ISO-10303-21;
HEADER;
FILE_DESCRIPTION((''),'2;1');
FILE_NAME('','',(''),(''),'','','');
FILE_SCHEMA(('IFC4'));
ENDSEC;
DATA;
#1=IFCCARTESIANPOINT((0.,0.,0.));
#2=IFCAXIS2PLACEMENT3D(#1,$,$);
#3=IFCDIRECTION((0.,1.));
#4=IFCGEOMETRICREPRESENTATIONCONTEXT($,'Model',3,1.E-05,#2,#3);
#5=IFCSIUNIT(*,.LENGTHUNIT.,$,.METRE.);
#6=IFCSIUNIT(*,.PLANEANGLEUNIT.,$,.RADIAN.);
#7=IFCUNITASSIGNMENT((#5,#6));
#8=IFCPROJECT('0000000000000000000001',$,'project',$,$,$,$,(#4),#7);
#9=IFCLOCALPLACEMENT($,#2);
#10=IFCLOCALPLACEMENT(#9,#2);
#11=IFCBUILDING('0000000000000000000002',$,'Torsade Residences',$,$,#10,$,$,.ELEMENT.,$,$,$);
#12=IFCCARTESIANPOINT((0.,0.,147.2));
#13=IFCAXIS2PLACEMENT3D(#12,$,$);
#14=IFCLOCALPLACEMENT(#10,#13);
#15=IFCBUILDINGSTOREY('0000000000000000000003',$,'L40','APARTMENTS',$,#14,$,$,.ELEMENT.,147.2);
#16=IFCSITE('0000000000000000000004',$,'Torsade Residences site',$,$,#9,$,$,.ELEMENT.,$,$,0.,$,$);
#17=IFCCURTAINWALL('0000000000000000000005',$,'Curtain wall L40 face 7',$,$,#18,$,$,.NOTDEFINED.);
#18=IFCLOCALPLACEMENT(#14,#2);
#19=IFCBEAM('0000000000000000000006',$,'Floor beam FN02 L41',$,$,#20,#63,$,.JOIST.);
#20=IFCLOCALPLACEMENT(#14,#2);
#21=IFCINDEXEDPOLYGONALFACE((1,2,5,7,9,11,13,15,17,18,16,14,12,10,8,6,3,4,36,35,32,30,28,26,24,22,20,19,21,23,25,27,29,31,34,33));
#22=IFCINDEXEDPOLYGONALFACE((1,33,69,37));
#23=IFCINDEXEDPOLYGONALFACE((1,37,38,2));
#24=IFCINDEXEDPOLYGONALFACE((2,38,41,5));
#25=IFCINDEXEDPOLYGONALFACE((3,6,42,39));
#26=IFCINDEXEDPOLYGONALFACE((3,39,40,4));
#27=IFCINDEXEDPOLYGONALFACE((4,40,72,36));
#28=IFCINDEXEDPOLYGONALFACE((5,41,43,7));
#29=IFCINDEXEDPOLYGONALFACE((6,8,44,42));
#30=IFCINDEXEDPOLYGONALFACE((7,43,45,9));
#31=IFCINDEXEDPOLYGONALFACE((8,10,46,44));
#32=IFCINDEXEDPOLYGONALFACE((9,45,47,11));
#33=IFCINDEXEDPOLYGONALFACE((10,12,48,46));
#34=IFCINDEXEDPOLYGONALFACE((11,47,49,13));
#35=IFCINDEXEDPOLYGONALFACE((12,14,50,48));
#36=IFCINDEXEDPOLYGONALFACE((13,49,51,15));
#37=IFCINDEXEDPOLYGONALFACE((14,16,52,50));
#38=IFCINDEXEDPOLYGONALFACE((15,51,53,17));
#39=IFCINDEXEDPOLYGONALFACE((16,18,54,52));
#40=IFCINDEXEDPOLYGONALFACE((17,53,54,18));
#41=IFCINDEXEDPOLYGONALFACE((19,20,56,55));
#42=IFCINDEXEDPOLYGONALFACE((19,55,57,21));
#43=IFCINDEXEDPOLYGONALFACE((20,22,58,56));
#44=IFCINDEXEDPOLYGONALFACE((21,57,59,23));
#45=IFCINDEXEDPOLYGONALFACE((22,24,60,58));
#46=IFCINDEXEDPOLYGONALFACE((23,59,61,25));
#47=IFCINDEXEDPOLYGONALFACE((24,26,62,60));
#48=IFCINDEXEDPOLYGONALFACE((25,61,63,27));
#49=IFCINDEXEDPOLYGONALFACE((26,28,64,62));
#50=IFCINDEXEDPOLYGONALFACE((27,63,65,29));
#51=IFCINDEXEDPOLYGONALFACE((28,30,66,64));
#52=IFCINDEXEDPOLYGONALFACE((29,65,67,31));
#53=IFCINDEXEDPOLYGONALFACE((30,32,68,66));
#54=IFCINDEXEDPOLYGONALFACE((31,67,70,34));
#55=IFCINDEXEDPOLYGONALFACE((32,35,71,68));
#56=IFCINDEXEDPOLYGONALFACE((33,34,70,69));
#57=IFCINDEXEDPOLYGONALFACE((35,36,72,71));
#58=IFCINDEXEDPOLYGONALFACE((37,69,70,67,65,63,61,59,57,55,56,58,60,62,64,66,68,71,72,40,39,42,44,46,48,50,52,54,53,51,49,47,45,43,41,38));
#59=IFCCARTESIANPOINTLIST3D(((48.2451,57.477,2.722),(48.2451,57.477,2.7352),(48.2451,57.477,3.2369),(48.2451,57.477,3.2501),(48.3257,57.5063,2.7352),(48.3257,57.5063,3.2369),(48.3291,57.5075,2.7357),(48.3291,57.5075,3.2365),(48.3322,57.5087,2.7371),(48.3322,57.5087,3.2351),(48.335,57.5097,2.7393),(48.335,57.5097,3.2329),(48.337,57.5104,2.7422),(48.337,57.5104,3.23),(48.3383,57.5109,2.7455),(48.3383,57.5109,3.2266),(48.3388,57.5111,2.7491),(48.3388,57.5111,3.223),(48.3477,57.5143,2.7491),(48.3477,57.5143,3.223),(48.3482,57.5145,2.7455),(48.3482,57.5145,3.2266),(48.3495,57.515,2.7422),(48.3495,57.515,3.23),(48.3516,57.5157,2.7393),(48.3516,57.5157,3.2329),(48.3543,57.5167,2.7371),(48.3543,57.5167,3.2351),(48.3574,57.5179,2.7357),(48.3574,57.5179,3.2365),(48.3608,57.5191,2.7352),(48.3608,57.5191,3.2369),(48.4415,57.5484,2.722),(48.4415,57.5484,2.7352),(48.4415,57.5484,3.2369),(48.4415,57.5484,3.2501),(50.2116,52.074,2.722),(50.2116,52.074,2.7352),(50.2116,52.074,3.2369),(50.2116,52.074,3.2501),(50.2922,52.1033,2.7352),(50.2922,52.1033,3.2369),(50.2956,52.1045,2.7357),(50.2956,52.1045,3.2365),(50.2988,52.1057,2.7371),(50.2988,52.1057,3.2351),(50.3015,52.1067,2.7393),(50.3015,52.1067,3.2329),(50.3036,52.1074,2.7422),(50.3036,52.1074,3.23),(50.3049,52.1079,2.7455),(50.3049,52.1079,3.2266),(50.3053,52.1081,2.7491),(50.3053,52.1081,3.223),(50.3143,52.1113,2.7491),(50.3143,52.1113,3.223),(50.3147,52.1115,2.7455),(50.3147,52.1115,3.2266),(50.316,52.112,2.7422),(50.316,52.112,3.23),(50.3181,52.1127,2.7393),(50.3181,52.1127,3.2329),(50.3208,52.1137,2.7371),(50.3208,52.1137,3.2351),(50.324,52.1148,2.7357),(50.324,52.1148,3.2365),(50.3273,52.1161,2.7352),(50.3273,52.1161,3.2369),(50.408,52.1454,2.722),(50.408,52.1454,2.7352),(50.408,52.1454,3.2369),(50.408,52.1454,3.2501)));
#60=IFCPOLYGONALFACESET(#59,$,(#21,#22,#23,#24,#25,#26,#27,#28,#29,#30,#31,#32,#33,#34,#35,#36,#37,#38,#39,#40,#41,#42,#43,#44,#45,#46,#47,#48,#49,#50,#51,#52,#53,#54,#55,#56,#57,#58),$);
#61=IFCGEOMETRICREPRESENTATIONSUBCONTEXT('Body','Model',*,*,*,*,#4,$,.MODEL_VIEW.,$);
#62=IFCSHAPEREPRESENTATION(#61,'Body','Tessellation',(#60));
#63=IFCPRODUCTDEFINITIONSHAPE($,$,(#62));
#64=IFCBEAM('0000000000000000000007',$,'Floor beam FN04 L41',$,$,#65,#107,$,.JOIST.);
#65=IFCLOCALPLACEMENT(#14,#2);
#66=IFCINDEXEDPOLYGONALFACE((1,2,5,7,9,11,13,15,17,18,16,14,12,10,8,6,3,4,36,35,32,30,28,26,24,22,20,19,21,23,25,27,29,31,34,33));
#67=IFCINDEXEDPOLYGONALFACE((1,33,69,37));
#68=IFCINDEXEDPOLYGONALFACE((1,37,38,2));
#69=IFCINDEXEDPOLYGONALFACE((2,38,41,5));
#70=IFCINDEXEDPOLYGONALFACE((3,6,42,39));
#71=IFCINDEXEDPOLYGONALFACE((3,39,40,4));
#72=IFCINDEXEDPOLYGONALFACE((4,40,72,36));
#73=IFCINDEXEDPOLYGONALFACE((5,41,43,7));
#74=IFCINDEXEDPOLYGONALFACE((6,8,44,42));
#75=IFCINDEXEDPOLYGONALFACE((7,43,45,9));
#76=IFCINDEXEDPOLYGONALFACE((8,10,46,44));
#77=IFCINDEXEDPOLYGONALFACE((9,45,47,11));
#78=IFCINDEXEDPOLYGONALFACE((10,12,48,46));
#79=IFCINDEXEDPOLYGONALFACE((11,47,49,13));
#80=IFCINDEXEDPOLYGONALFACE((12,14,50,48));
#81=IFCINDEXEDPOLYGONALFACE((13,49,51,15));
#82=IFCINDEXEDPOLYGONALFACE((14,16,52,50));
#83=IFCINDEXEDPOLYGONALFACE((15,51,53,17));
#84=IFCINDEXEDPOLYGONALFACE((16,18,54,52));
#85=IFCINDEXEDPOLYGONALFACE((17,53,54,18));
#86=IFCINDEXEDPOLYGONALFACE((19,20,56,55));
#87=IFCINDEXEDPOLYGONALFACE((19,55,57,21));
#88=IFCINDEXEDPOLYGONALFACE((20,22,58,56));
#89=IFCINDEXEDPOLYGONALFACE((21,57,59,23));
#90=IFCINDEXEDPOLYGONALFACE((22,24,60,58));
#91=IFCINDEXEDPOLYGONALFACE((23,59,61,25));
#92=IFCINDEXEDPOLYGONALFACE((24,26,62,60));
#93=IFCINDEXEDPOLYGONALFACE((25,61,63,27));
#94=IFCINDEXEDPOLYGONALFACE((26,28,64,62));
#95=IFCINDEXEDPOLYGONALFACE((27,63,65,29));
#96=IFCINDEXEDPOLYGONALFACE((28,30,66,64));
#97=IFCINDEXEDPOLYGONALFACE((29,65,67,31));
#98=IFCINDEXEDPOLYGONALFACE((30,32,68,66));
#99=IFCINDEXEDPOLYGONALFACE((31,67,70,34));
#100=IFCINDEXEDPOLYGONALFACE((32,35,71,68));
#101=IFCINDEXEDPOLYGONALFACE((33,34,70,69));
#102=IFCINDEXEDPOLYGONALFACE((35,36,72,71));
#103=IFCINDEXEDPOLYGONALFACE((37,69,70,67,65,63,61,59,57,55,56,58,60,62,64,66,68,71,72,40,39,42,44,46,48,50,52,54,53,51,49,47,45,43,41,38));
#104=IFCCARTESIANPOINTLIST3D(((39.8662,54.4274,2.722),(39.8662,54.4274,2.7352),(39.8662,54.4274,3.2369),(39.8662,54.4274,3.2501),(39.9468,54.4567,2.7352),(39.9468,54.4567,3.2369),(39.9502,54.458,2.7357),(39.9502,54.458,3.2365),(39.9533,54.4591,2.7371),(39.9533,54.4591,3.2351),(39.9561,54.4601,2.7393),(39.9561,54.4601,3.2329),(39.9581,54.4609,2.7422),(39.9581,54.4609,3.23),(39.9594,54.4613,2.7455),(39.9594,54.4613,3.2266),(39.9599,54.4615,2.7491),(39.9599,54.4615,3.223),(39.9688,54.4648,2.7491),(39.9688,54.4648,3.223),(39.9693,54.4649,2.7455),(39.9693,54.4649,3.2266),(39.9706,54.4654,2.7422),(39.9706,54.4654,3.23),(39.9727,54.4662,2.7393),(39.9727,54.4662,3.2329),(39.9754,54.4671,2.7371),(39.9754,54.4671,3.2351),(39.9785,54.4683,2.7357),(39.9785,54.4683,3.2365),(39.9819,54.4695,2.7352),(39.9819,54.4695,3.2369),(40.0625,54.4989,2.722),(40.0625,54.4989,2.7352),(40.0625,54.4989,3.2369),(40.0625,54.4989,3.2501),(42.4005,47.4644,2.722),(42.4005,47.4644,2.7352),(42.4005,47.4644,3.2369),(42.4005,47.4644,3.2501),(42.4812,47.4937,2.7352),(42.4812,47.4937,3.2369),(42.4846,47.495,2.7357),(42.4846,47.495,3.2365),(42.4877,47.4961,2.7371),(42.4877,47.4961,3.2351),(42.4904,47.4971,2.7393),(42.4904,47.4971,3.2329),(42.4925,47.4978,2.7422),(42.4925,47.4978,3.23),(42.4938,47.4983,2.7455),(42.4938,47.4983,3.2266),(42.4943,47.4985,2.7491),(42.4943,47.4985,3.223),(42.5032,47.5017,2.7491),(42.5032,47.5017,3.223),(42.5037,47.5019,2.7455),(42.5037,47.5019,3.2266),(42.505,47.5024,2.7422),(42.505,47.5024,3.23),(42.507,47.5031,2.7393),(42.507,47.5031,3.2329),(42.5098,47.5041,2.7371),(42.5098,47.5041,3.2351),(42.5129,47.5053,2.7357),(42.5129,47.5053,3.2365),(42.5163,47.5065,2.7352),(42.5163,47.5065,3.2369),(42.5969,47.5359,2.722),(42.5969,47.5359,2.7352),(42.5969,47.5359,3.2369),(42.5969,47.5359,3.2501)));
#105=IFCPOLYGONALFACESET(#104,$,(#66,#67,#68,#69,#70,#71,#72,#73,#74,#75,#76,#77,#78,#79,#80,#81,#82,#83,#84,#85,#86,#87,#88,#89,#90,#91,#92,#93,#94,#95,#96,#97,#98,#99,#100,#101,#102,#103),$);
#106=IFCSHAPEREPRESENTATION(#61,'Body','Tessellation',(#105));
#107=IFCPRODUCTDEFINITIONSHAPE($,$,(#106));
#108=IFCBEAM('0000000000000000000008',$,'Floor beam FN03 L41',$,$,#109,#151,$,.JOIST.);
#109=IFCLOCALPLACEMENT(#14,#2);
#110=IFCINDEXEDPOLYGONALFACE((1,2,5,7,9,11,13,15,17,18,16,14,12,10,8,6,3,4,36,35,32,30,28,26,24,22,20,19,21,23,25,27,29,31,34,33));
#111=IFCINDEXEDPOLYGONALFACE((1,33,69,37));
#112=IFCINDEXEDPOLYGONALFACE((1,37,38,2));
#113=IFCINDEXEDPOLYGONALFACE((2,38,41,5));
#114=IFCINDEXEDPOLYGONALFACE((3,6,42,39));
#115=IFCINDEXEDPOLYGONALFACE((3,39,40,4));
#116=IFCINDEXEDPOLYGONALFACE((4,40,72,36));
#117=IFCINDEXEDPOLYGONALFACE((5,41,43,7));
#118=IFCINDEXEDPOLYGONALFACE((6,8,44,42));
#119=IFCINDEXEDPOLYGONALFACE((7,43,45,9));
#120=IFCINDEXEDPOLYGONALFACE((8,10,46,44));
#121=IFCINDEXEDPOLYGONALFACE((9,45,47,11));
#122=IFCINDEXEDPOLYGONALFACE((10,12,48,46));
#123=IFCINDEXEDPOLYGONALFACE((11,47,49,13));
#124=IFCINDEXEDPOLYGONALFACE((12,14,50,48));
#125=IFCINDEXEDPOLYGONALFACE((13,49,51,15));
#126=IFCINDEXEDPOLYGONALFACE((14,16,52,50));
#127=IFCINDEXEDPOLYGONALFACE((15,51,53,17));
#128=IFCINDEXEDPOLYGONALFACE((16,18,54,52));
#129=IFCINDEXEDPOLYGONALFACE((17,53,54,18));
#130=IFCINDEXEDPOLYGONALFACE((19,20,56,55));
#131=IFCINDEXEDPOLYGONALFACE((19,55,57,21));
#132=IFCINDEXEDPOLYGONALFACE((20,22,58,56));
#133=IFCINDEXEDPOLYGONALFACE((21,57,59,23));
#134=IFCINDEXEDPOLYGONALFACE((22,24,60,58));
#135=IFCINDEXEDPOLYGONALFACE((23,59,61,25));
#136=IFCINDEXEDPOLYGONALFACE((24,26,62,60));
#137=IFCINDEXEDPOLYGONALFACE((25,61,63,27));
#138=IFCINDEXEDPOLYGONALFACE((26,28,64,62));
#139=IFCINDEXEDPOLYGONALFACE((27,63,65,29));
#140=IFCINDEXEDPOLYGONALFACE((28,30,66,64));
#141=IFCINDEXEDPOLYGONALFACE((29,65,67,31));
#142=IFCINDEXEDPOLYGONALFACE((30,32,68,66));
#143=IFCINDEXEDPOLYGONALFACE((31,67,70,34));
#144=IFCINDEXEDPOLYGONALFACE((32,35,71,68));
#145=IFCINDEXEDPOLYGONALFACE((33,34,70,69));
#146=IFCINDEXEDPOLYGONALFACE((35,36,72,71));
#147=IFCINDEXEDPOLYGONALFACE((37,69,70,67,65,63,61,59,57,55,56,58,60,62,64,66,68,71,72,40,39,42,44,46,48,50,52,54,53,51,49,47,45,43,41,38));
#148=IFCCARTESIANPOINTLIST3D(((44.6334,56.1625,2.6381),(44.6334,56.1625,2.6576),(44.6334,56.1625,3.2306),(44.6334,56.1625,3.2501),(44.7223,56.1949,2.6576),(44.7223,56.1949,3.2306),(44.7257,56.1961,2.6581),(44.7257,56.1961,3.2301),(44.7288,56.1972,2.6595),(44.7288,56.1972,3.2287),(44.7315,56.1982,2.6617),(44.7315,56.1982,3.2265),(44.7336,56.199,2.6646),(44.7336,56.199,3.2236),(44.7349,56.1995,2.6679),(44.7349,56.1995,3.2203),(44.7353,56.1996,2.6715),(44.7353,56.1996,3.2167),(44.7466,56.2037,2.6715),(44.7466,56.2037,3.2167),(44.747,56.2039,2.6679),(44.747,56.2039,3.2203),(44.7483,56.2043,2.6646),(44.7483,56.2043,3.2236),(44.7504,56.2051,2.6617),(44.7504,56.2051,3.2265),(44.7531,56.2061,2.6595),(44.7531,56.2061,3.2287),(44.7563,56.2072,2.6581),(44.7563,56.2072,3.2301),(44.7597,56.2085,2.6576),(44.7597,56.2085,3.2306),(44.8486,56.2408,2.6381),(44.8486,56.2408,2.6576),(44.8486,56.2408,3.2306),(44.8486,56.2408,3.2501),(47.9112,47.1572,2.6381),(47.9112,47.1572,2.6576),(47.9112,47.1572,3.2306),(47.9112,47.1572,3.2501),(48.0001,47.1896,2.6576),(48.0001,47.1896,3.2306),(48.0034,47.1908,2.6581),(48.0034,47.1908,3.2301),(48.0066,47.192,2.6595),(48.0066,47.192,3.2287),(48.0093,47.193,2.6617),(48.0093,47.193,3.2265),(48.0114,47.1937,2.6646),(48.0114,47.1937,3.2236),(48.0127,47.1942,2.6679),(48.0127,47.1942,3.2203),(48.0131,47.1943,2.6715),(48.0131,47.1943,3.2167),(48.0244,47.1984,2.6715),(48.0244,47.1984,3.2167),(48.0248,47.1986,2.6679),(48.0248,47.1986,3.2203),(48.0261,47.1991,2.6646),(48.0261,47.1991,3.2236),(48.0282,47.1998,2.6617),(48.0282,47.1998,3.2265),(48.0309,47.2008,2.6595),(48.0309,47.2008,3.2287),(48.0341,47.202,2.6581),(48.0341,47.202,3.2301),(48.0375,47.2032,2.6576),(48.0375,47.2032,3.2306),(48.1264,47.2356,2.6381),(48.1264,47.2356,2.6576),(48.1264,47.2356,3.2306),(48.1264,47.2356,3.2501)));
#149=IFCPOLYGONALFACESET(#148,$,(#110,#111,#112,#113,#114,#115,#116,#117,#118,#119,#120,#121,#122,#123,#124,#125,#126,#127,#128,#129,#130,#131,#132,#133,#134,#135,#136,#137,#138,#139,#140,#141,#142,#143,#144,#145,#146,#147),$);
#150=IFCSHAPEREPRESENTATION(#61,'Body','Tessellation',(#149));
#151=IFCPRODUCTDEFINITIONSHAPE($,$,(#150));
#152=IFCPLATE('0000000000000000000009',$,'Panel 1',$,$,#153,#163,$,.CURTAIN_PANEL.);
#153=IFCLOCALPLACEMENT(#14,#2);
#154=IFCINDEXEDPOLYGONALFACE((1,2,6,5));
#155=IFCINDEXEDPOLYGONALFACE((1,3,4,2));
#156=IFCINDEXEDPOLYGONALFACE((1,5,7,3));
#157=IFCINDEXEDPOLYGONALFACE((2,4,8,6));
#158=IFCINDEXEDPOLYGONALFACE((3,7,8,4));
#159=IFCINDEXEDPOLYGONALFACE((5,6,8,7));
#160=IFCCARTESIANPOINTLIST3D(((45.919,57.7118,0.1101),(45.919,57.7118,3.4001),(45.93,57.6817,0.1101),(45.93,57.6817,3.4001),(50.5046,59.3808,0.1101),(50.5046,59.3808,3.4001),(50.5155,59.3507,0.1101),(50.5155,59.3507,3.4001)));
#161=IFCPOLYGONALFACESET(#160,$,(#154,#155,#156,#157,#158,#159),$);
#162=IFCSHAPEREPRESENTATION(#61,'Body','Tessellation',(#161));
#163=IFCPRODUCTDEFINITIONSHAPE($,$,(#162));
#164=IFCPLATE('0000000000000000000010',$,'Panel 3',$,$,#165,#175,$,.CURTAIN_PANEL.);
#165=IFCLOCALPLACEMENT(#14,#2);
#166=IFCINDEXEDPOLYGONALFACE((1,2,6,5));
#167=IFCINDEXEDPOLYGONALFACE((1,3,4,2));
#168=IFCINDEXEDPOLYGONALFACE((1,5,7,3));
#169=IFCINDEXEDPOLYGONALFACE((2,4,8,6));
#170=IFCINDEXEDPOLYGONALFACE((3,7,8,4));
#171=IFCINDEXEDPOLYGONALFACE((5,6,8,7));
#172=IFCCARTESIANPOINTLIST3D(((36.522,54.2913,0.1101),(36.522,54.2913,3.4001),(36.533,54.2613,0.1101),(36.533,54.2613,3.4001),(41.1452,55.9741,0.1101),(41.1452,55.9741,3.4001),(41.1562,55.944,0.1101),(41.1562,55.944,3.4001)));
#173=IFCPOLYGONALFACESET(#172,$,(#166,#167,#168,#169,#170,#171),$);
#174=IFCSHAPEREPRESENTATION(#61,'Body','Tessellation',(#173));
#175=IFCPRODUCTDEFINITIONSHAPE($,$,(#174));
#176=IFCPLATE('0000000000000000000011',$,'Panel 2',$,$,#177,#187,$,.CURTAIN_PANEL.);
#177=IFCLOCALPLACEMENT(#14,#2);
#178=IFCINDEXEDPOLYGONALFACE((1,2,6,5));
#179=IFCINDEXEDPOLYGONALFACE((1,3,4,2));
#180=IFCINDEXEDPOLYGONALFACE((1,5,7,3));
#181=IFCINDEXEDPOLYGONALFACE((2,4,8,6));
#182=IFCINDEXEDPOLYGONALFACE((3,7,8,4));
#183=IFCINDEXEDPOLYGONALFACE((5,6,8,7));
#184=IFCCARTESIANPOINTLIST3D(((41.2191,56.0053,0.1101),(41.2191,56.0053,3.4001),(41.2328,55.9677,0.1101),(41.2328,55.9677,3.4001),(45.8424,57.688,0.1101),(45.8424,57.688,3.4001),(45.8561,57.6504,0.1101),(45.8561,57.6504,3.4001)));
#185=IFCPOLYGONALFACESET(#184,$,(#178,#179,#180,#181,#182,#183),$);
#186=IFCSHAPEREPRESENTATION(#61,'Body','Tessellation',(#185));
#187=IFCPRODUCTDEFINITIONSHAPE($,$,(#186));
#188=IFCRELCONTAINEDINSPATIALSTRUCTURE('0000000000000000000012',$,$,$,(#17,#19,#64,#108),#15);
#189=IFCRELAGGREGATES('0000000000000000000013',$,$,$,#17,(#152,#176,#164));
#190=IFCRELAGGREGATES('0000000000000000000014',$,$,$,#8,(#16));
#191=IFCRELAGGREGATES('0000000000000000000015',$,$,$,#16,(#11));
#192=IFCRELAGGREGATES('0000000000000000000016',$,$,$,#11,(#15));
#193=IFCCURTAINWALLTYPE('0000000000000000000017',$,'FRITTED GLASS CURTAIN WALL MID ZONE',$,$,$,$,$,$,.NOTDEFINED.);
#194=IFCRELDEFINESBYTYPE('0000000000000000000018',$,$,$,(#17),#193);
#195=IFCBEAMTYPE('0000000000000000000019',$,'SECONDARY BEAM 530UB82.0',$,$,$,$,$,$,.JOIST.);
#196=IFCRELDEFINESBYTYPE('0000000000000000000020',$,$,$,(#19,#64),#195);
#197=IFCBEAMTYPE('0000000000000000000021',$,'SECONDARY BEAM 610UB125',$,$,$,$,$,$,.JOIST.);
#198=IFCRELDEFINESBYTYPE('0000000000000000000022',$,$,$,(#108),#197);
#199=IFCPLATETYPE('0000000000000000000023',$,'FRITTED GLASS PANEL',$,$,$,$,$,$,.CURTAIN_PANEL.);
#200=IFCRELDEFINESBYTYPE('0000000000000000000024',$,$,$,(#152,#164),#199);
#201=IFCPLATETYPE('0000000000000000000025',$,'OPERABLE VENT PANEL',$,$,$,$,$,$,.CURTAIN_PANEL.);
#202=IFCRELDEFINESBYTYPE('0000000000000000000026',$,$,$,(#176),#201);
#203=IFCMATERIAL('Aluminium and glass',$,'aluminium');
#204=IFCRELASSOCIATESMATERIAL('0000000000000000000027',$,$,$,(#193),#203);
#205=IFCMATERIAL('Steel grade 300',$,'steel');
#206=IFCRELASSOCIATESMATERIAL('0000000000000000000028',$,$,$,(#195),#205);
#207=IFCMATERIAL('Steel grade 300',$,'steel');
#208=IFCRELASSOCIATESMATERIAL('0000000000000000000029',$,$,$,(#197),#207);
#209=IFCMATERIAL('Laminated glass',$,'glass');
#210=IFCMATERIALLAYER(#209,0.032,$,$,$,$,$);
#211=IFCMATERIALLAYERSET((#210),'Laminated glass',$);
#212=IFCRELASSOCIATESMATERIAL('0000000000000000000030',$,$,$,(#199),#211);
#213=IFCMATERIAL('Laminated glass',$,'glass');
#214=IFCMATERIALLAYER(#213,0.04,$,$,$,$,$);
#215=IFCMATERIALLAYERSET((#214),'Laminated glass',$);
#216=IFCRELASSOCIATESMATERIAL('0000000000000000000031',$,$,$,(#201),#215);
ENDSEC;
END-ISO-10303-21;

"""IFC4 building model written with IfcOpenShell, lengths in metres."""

from ifc_helpers import new_model, si_unit, direction, frame, origin, origin_2d, place, context, subcontext, project, spatial, rectangle, i_section, extrude, material, layer, layer_set, material_profile, profile_set, type_object, element, aggregate, save


model = new_model("IFC4")

# Units and contexts
model_context = context("Model", 3, precision=1e-05, world=origin(), true_north=direction((0.0, 1.0)))
body_context = subcontext(model_context, "Body", "Model", "MODEL_VIEW")
ifc_project = project(units=[si_unit("LENGTHUNIT", "METRE"), si_unit("PLANEANGLEUNIT", "RADIAN")], contexts=[model_context])

# Site, building, storey
site_placement = place(None, origin())
site = spatial("IfcSite", under=ifc_project, at=site_placement, Name="Torsade Residences site", CompositionType="ELEMENT", RefElevation=0.0)
building_placement = place(site_placement, origin())
building = spatial("IfcBuilding", under=site, at=building_placement, Name="Torsade Residences", CompositionType="ELEMENT")
storey_placement = place(building_placement, frame((0.0, 0.0, 147.2)))
storey = spatial("IfcBuildingStorey", under=building, at=storey_placement, Name="L40", Description="APARTMENTS", CompositionType="ELEMENT", Elevation=147.2)

# Curtain wall
ifc_material_1 = material(Name="Aluminium and glass", Category="aluminium")
curtain_wall_type = type_object("IfcCurtainWallType", Name="FRITTED GLASS CURTAIN WALL MID ZONE", PredefinedType="NOTDEFINED", material=ifc_material_1)
curtain_wall_placement = place(storey_placement, origin())
curtain_wall = element("IfcCurtainWall", 1, at=curtain_wall_placement, inside=storey, type_object=curtain_wall_type, Name="Curtain wall L40 face 7", PredefinedType="NOTDEFINED")

# Beams
ifc_material_2 = material(Name="Steel grade 300", Category="steel")
ifc_material_profile_1 = material_profile(ifc_material_2, i_section(OverallWidth=0.209, OverallDepth=0.5281, WebThickness=0.0095, FlangeThickness=0.0132, FilletRadius=0.0139, at=origin_2d()), Name="530UB82.0")
ifc_profile_set_1 = profile_set([ifc_material_profile_1], Name="Steel grade 300")
beam_type_1 = type_object("IfcBeamType", Name="SECONDARY BEAM 530UB82.0", PredefinedType="JOIST", material=ifc_profile_set_1)
beam_1_placement = place(storey_placement, frame((48.3433, 57.5127, 2.9861), z_axis=(0.342019, -0.939693, 0.0), x_axis=(0.939693, 0.342019, 0.0)))
element("IfcBeam", 2, at=beam_1_placement, inside=storey, type_object=beam_type_1, Name="Floor beam FN02 L41", PredefinedType="JOIST", context=body_context, shape_type="SweptSolid", body=[
    extrude(i_section(OverallWidth=0.209, OverallDepth=0.5281, WebThickness=0.0095, FlangeThickness=0.0132, FilletRadius=0.0139, at=origin_2d()), origin(), (0.0, 0.0, 1.0), 5.7498),
])
beam_2_placement = place(storey_placement, frame((39.9644, 54.4631, 2.9861), z_axis=(0.342026, -0.93969, 0.0), x_axis=(0.93969, 0.342026, 0.0)))
element("IfcBeam", 3, at=beam_2_placement, inside=storey, type_object=beam_type_1, Name="Floor beam FN04 L41", PredefinedType="JOIST", context=body_context, shape_type="SweptSolid", body=[
    extrude(i_section(OverallWidth=0.209, OverallDepth=0.5281, WebThickness=0.0095, FlangeThickness=0.0132, FilletRadius=0.0139, at=origin_2d()), origin(), (0.0, 0.0, 1.0), 7.4099),
])
ifc_material_3 = material(Name="Steel grade 300", Category="steel")
ifc_material_profile_2 = material_profile(ifc_material_3, i_section(OverallWidth=0.229, OverallDepth=0.6121, WebThickness=0.012, FlangeThickness=0.0195, FilletRadius=0.0139, at=origin_2d()), Name="610UB125")
ifc_profile_set_2 = profile_set([ifc_material_profile_2], Name="Steel grade 300")
beam_type_2 = type_object("IfcBeamType", Name="SECONDARY BEAM 610UB125", PredefinedType="JOIST", material=ifc_profile_set_2)
beam_3_placement = place(storey_placement, frame((44.741, 56.2017, 2.9441), z_axis=(0.342034, -0.939688, 0.0), x_axis=(0.939688, 0.342034, 0.0)))
element("IfcBeam", 4, at=beam_3_placement, inside=storey, type_object=beam_type_2, Name="Floor beam FN03 L41", PredefinedType="JOIST", context=body_context, shape_type="SweptSolid", body=[
    extrude(i_section(OverallWidth=0.229, OverallDepth=0.6121, WebThickness=0.012, FlangeThickness=0.0195, FilletRadius=0.0139, at=origin_2d()), origin(), (0.0, 0.0, 1.0), 9.5833),
])

# Plates
ifc_material_4 = material(Name="Laminated glass", Category="glass")
ifc_layer_1 = layer(ifc_material_4, 0.032)
ifc_layer_set_1 = layer_set([ifc_layer_1], Name="Laminated glass")
plate_type_1 = type_object("IfcPlateType", Name="FRITTED GLASS PANEL", PredefinedType="CURTAIN_PANEL", material=ifc_layer_set_1)
plate_1_placement = place(storey_placement, frame((48.2173, 58.5312, 0.1101), z_axis=(0.0, 0.0, 1.0), x_axis=(-0.939693, -0.34202, 0.0)))
plate_1 = element("IfcPlate", 5, at=plate_1_placement, type_object=plate_type_1, Name="Panel 1", PredefinedType="CURTAIN_PANEL", context=body_context, shape_type="SweptSolid", body=[
    extrude(rectangle(XDim=4.8799, YDim=0.032, at=origin_2d()), origin(), (0.0, 0.0, 1.0), 3.29),
])
plate_2_placement = place(storey_placement, frame((38.8391, 55.1177, 0.1101), z_axis=(0.0, 0.0, 1.0), x_axis=(-0.939693, -0.34202, 0.0)))
plate_2 = element("IfcPlate", 6, at=plate_2_placement, type_object=plate_type_1, Name="Panel 3", PredefinedType="CURTAIN_PANEL", context=body_context, shape_type="SweptSolid", body=[
    extrude(rectangle(XDim=4.9199, YDim=0.032, at=origin_2d()), origin(), (0.0, 0.0, 1.0), 3.29),
])
ifc_material_5 = material(Name="Laminated glass", Category="glass")
ifc_layer_2 = layer(ifc_material_5, 0.04)
ifc_layer_set_2 = layer_set([ifc_layer_2], Name="Laminated glass")
plate_type_2 = type_object("IfcPlateType", Name="OPERABLE VENT PANEL", PredefinedType="CURTAIN_PANEL", material=ifc_layer_set_2)
plate_3_placement = place(storey_placement, frame((43.5376, 56.8279, 0.1101), z_axis=(0.0, 0.0, 1.0), x_axis=(-0.939693, -0.34202, 0.0)))
plate_3 = element("IfcPlate", 7, at=plate_3_placement, type_object=plate_type_2, Name="Panel 2", PredefinedType="CURTAIN_PANEL", context=body_context, shape_type="SweptSolid", body=[
    extrude(rectangle(XDim=4.9199, YDim=0.04, at=origin_2d()), origin(), (0.0, 0.0, 1.0), 3.29),
])
aggregate(curtain_wall, [plate_1, plate_3, plate_2])

save(model, "model.ifc")
